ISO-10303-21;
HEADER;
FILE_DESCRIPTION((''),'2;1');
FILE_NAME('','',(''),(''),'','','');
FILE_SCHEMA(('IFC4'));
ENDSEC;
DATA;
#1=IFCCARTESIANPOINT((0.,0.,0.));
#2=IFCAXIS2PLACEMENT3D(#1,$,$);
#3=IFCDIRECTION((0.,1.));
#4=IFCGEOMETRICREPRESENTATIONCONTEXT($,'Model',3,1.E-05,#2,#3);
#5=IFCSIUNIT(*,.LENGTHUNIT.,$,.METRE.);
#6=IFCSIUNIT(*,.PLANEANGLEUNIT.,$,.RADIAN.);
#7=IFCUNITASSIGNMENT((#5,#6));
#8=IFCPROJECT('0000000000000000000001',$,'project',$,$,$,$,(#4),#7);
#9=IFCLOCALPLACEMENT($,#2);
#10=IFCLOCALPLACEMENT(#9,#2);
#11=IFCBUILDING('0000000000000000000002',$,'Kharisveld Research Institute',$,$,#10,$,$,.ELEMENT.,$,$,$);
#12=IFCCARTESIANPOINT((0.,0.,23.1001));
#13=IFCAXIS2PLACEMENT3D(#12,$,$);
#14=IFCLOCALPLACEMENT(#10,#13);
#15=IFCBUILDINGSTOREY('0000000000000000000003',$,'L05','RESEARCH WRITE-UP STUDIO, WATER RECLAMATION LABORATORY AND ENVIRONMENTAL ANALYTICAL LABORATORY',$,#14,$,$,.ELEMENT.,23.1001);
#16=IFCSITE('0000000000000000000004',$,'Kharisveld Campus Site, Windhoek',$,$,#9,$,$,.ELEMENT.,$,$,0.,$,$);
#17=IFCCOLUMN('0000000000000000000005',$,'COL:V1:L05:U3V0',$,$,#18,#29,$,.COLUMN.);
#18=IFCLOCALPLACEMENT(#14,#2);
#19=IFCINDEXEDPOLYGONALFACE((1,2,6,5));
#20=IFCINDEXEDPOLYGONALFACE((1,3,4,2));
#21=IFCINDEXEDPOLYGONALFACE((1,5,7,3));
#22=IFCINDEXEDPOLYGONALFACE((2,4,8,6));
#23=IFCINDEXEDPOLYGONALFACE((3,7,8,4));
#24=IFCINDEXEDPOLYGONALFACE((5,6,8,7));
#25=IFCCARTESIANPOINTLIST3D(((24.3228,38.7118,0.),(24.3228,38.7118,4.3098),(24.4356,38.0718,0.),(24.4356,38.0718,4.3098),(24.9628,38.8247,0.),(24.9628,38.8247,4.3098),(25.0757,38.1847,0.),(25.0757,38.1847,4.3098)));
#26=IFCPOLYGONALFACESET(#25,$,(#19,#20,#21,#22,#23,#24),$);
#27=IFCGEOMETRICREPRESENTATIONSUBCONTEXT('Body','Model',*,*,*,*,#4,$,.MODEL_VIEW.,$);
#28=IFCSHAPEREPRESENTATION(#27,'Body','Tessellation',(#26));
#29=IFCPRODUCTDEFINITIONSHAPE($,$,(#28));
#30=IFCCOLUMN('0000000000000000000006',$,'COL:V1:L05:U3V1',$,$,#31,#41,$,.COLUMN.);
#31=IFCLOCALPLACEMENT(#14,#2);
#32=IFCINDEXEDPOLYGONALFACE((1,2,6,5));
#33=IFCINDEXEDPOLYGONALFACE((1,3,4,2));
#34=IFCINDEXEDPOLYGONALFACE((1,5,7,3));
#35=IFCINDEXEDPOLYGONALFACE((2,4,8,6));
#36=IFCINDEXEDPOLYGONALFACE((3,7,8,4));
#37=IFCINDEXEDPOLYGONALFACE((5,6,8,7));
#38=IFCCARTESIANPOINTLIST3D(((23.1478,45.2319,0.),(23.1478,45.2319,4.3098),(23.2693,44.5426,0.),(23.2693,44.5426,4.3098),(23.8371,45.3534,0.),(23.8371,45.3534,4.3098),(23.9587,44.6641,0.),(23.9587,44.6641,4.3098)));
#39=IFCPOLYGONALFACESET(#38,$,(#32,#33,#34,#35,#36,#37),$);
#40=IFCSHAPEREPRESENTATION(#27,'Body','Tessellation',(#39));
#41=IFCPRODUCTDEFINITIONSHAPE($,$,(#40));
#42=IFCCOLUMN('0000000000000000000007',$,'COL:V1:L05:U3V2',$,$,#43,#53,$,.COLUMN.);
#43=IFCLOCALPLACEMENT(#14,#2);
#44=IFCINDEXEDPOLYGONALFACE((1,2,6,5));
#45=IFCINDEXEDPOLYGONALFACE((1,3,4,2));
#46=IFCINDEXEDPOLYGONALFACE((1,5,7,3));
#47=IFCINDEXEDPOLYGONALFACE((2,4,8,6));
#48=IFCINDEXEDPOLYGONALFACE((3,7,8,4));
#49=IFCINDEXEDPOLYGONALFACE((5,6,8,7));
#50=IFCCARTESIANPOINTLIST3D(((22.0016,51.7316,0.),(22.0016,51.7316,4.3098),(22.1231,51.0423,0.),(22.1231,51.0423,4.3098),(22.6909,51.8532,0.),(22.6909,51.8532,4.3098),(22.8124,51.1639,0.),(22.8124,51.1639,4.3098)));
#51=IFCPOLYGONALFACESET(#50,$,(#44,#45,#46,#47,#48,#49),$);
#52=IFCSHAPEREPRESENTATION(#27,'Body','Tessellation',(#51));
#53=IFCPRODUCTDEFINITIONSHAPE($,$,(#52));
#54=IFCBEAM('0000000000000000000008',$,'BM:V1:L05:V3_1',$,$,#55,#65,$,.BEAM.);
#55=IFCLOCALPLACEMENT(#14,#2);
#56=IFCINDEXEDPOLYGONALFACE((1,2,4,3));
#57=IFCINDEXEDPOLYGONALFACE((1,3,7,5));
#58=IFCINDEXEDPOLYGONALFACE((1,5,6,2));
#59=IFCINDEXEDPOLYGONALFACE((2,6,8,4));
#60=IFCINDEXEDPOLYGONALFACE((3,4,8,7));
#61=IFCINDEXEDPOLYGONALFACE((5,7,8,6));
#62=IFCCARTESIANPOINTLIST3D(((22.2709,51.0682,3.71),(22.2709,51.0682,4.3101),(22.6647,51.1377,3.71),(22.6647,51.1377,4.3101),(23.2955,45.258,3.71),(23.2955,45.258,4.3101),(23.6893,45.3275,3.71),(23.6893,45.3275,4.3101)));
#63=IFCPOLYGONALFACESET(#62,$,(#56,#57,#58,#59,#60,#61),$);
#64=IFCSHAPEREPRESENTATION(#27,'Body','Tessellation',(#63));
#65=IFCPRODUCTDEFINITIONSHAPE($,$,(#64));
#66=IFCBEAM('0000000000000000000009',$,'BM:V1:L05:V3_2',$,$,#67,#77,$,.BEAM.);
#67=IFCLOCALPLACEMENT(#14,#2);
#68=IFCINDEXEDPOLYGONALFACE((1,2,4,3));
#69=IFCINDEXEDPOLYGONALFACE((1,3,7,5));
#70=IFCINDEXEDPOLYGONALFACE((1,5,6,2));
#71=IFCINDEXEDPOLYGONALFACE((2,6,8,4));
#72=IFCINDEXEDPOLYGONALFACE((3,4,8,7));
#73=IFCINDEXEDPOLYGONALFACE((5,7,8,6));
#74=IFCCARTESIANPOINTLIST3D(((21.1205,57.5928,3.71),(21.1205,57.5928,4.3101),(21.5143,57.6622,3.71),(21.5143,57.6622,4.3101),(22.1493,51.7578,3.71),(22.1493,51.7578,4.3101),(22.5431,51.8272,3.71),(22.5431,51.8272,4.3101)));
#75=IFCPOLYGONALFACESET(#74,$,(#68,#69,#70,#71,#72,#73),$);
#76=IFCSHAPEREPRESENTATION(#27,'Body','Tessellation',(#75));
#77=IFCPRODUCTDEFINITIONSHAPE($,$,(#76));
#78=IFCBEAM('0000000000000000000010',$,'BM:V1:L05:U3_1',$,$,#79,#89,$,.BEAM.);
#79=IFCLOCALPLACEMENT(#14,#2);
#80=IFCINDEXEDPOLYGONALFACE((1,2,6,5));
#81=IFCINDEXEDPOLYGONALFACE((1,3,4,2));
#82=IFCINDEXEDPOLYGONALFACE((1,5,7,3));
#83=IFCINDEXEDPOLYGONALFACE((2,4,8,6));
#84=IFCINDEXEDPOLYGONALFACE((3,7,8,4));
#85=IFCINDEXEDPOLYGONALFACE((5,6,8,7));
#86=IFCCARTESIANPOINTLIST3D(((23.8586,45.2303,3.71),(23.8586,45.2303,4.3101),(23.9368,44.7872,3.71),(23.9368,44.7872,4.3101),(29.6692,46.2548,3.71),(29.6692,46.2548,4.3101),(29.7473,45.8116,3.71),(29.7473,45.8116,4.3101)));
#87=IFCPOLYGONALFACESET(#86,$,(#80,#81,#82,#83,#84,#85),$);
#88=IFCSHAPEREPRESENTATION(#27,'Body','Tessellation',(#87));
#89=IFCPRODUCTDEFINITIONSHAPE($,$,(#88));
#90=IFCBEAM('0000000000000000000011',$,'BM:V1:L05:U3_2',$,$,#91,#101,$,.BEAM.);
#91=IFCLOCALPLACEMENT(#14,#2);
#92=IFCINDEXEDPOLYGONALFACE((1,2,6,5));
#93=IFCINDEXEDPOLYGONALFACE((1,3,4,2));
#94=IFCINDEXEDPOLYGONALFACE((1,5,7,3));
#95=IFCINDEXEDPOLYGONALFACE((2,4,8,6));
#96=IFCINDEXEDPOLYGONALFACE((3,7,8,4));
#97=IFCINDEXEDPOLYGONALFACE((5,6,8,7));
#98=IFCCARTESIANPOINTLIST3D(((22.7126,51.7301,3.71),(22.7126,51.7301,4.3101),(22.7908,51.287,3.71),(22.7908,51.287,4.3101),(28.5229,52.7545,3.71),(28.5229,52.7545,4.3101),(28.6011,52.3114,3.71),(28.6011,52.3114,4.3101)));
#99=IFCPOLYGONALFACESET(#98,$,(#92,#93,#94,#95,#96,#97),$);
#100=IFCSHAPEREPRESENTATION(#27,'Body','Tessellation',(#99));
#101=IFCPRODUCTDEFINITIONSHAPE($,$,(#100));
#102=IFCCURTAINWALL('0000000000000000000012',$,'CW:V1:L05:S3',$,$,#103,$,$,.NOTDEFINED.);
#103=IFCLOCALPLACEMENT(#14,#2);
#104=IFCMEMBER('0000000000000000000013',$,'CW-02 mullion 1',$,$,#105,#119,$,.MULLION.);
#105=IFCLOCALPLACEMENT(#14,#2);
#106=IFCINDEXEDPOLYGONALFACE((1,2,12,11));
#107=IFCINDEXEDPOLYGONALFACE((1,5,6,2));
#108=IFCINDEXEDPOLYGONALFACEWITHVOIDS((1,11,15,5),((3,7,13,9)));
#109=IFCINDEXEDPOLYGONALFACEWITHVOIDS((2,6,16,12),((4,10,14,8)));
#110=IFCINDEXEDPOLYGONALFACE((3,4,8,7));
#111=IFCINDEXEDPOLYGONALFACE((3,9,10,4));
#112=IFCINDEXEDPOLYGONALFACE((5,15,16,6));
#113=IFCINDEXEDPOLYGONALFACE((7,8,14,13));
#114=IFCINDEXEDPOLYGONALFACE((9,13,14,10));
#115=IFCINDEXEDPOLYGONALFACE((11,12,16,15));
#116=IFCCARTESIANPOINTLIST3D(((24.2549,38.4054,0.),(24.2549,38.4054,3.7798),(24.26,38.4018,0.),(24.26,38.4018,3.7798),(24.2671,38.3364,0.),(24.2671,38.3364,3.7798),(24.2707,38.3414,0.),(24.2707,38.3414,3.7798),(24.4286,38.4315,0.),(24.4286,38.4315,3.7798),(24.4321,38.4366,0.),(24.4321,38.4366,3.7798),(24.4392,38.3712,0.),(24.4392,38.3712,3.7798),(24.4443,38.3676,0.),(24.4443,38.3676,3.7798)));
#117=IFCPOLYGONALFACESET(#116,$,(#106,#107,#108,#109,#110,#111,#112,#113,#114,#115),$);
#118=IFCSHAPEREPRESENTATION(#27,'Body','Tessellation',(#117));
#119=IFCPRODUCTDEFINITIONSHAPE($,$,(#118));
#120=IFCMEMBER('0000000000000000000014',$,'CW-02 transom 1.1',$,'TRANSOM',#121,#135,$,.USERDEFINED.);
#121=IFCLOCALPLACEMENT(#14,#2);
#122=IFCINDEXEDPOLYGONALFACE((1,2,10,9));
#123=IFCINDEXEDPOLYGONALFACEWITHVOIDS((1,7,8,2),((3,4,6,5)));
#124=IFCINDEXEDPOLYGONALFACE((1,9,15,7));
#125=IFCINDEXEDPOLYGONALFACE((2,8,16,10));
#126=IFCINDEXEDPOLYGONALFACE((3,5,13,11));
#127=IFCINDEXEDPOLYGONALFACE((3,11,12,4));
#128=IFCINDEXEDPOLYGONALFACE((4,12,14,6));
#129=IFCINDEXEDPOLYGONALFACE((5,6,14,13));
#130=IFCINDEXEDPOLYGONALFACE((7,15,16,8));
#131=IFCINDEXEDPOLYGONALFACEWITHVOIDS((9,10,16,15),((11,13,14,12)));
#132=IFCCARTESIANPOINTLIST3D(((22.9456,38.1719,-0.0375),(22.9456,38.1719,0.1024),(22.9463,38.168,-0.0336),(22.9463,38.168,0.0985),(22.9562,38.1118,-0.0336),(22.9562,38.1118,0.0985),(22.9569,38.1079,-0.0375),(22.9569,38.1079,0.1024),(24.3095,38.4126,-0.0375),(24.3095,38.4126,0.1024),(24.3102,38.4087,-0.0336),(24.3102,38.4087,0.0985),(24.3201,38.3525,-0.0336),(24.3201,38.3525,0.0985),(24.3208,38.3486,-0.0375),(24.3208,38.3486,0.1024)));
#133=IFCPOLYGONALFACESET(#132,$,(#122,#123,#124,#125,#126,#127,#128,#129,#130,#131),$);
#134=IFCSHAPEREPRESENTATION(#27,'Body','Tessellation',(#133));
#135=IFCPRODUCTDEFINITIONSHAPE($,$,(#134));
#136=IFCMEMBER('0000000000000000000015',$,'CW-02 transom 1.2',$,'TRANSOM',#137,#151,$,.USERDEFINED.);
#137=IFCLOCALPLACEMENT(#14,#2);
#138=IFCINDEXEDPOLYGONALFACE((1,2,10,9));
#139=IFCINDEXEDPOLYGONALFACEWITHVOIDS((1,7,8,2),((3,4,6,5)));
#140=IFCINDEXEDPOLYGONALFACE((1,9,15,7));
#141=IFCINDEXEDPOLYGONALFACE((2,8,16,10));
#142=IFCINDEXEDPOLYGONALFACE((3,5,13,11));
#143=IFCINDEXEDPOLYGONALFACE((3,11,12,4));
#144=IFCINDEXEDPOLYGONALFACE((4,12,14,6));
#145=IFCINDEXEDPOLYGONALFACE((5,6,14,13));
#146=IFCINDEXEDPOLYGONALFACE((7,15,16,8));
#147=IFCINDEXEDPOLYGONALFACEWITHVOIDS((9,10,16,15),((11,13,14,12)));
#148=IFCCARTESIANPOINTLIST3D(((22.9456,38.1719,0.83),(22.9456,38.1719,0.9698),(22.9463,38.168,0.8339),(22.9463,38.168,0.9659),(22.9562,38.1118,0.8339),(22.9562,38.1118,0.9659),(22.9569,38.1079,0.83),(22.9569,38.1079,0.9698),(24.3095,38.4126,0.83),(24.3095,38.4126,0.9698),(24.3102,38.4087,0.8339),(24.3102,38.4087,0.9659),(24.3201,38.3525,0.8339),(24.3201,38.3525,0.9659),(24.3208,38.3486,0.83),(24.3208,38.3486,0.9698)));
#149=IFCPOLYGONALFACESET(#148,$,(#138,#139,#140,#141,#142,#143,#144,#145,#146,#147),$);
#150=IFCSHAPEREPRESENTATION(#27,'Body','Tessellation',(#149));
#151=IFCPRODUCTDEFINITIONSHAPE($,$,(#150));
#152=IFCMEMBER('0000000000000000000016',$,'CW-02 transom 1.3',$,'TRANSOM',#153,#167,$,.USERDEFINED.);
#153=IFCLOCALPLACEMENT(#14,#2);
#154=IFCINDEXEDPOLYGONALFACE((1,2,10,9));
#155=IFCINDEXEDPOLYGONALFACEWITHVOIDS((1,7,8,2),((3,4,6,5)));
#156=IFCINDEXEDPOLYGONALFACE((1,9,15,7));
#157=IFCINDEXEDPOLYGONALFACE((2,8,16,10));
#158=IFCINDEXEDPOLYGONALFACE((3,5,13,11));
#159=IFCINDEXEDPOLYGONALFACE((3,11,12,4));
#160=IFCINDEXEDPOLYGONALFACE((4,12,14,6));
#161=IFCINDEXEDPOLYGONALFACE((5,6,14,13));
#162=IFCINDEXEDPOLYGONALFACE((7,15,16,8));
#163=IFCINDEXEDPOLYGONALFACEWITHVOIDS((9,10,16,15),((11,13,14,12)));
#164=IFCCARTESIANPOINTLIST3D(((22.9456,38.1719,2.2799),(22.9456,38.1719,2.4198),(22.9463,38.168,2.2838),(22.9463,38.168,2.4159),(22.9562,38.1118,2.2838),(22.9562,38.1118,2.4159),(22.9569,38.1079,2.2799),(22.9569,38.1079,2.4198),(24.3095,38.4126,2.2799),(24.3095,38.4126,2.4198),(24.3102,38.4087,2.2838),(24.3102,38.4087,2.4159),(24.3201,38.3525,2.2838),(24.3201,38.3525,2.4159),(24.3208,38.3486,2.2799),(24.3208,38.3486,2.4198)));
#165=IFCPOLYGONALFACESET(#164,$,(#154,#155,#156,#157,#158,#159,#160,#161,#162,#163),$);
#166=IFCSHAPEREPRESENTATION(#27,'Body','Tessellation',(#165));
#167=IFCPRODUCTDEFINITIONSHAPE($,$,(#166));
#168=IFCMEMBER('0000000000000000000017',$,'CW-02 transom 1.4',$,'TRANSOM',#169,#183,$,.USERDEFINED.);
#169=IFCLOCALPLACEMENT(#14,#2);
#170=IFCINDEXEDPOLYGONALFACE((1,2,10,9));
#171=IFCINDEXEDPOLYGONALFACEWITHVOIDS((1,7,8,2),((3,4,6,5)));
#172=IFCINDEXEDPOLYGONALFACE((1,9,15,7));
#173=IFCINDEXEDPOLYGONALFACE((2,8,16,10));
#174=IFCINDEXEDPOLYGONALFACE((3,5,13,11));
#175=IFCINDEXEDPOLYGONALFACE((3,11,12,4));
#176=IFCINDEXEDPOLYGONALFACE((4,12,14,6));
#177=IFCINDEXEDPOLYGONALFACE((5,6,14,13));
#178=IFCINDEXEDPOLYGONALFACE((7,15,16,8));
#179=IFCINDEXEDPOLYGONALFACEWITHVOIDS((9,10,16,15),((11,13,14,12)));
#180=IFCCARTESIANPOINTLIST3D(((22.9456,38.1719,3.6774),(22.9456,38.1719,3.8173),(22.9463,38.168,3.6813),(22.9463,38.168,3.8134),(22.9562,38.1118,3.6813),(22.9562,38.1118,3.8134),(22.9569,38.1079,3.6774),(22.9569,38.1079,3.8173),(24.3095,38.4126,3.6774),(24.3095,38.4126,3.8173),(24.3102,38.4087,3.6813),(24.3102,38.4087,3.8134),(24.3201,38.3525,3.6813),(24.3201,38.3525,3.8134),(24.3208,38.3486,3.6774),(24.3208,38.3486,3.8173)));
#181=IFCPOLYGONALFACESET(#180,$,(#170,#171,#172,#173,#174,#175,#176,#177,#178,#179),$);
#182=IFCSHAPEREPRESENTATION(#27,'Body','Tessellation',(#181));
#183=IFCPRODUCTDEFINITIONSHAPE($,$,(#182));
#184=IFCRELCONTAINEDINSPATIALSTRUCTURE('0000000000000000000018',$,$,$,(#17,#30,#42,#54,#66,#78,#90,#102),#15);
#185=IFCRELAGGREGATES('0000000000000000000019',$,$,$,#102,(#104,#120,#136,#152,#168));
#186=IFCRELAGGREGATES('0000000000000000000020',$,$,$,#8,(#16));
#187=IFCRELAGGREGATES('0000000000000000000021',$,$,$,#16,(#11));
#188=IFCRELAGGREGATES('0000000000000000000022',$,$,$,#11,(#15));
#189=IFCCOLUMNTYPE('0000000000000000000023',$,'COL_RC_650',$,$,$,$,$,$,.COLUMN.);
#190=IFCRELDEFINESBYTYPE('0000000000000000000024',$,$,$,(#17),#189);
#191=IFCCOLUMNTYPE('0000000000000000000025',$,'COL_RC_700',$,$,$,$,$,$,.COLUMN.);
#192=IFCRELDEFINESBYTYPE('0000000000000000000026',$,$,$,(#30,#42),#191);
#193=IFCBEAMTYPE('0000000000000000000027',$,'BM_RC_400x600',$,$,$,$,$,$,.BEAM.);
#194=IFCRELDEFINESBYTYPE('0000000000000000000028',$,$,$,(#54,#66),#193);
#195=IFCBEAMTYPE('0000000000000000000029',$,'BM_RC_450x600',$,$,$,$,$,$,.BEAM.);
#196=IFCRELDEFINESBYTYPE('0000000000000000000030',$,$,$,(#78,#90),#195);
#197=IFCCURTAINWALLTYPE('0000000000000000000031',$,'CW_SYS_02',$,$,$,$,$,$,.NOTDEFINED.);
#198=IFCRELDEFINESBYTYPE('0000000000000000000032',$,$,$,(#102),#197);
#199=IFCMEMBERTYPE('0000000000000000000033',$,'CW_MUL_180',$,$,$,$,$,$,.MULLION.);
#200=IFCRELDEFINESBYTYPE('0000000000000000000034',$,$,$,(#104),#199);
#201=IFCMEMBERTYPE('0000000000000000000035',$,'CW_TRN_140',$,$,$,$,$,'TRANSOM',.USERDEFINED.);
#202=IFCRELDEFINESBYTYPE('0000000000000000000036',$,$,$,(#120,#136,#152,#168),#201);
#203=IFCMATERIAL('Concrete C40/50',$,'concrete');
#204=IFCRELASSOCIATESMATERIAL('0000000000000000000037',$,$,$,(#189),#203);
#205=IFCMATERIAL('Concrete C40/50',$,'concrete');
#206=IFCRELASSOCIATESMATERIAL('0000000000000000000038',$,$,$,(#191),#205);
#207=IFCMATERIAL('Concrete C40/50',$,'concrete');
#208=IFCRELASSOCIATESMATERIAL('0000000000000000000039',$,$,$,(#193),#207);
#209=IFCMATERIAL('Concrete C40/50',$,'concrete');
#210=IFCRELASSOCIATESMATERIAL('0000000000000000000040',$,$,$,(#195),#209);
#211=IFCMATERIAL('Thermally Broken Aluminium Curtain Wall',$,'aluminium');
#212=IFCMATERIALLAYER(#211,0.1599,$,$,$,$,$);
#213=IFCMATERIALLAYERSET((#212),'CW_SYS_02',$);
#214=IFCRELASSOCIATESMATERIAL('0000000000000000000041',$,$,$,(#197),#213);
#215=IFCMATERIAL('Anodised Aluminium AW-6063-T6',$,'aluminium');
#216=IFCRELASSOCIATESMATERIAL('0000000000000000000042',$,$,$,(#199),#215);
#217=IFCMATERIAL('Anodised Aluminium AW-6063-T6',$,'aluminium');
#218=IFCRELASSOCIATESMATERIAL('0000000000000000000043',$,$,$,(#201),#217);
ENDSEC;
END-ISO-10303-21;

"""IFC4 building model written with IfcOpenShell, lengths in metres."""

from ifc_helpers import new_model, si_unit, direction, frame, origin, origin_2d, place, context, subcontext, project, spatial, rectangle, hollow_rectangle, extrude, material, layer, layer_set, material_profile, profile_set, type_object, element, aggregate, save


model = new_model("IFC4")

# Units and contexts
model_context = context("Model", 3, precision=1e-05, world=origin(), true_north=direction((0.0, 1.0)))
body_context = subcontext(model_context, "Body", "Model", "MODEL_VIEW")
ifc_project = project(units=[si_unit("LENGTHUNIT", "METRE"), si_unit("PLANEANGLEUNIT", "RADIAN")], contexts=[model_context])

# Site, building, storey
site_placement = place(None, origin())
site = spatial("IfcSite", under=ifc_project, at=site_placement, Name="Kharisveld Campus Site, Windhoek", CompositionType="ELEMENT", RefElevation=0.0)
building_placement = place(site_placement, origin())
building = spatial("IfcBuilding", under=site, at=building_placement, Name="Kharisveld Research Institute", CompositionType="ELEMENT")
storey_placement = place(building_placement, frame((0.0, 0.0, 23.1001)))
storey = spatial("IfcBuildingStorey", under=building, at=storey_placement, Name="L05", Description="RESEARCH WRITE-UP STUDIO, WATER RECLAMATION LABORATORY AND ENVIRONMENTAL ANALYTICAL LABORATORY", CompositionType="ELEMENT", Elevation=23.1001)

# Columns
ifc_material_1 = material(Name="Concrete C40/50", Category="concrete")
ifc_material_profile_1 = material_profile(ifc_material_1, rectangle(XDim=0.6499, YDim=0.6499, at=origin_2d()))
ifc_profile_set_1 = profile_set([ifc_material_profile_1], Name="Concrete C40/50")
column_type_1 = type_object("IfcColumnType", Name="COL_RC_650", PredefinedType="COLUMN", material=ifc_profile_set_1)
column_placement = place(storey_placement, frame((24.6992, 38.4482, 0.0), z_axis=(0.0, 0.0, 1.0), x_axis=(0.984808, 0.173648, 0.0)))
element("IfcColumn", 1, at=column_placement, inside=storey, type_object=column_type_1, Name="COL:V1:L05:U3V0", PredefinedType="COLUMN", context=body_context, shape_type="SweptSolid", body=[
    extrude(rectangle(XDim=0.6499, YDim=0.6499, at=origin_2d()), origin(), (0.0, 0.0, 1.0), 4.3098),
])
ifc_material_2 = material(Name="Concrete C40/50", Category="concrete")
ifc_material_profile_2 = material_profile(ifc_material_2, rectangle(XDim=0.7, YDim=0.7, at=origin_2d()))
ifc_profile_set_2 = profile_set([ifc_material_profile_2], Name="Concrete C40/50")
column_type_2 = type_object("IfcColumnType", Name="COL_RC_700", PredefinedType="COLUMN", material=ifc_profile_set_2)
for number, where, z_axis, x_axis, name in (
    (2, (23.5532, 44.948, 0.0), (0.0, 0.0, 1.0), (0.984808, 0.173648, 0.0), "COL:V1:L05:U3V1"),
    (3, (22.407, 51.4478, 0.0), (0.0, 0.0, 1.0), (0.984808, 0.173648, 0.0), "COL:V1:L05:U3V2"),
):
    element("IfcColumn", number, at=place(storey_placement, frame(where, z_axis=z_axis, x_axis=x_axis)), inside=storey, type_object=column_type_2, Name=name, PredefinedType="COLUMN", context=body_context, shape_type="SweptSolid", body=[
        extrude(rectangle(XDim=0.7, YDim=0.7, at=origin_2d()), origin(), (0.0, 0.0, 1.0), 4.3098),
    ])

# Beams
ifc_material_3 = material(Name="Concrete C40/50", Category="concrete")
ifc_material_profile_3 = material_profile(ifc_material_3, rectangle(XDim=0.3999, YDim=0.6001, at=origin_2d()))
ifc_profile_set_3 = profile_set([ifc_material_profile_3], Name="Concrete C40/50")
beam_type_1 = type_object("IfcBeamType", Name="BM_RC_400x600", PredefinedType="BEAM", material=ifc_profile_set_3)
beam_1_placement = place(storey_placement, frame((23.4924, 45.2927, 4.01), z_axis=(-0.173672, 0.984804, 0.0), x_axis=(-0.984804, -0.173672, 0.0)))
element("IfcBeam", 4, at=beam_1_placement, inside=storey, type_object=beam_type_1, Name="BM:V1:L05:V3_1", PredefinedType="BEAM", context=body_context, shape_type="SweptSolid", body=[
    extrude(rectangle(XDim=0.3999, YDim=0.6001, at=origin_2d()), origin(), (0.0, 0.0, 1.0), 5.8999),
])
beam_2_placement = place(storey_placement, frame((22.3462, 51.7925, 4.01), z_axis=(-0.17364, 0.984809, 0.0), x_axis=(-0.984809, -0.17364, 0.0)))
element("IfcBeam", 5, at=beam_2_placement, inside=storey, type_object=beam_type_1, Name="BM:V1:L05:V3_2", PredefinedType="BEAM", context=body_context, shape_type="SweptSolid", body=[
    extrude(rectangle(XDim=0.3999, YDim=0.6001, at=origin_2d()), origin(), (0.0, 0.0, 1.0), 5.925),
])
ifc_material_4 = material(Name="Concrete C40/50", Category="concrete")
ifc_material_profile_4 = material_profile(ifc_material_4, rectangle(XDim=0.45, YDim=0.6001, at=origin_2d()))
ifc_profile_set_4 = profile_set([ifc_material_profile_4], Name="Concrete C40/50")
beam_type_2 = type_object("IfcBeamType", Name="BM_RC_450x600", PredefinedType="BEAM", material=ifc_profile_set_4)
beam_3_placement = place(storey_placement, frame((23.8977, 45.0088, 4.01), z_axis=(0.984812, 0.173625, 0.0), x_axis=(-0.173625, 0.984812, 0.0)))
element("IfcBeam", 6, at=beam_3_placement, inside=storey, type_object=beam_type_2, Name="BM:V1:L05:U3_1", PredefinedType="BEAM", context=body_context, shape_type="SweptSolid", body=[
    extrude(rectangle(XDim=0.45, YDim=0.6001, at=origin_2d()), origin(), (0.0, 0.0, 1.0), 5.9001),
])
beam_4_placement = place(storey_placement, frame((22.7517, 51.5085, 4.01), z_axis=(0.984811, 0.173632, 0.0), x_axis=(-0.173632, 0.984811, 0.0)))
element("IfcBeam", 7, at=beam_4_placement, inside=storey, type_object=beam_type_2, Name="BM:V1:L05:U3_2", PredefinedType="BEAM", context=body_context, shape_type="SweptSolid", body=[
    extrude(rectangle(XDim=0.45, YDim=0.6001, at=origin_2d()), origin(), (0.0, 0.0, 1.0), 5.8999),
])

# Curtain wall, members
ifc_material_5 = material(Name="Thermally Broken Aluminium Curtain Wall", Category="aluminium")
ifc_layer_1 = layer(ifc_material_5, 0.1599)
ifc_layer_set_1 = layer_set([ifc_layer_1], Name="CW_SYS_02")
curtain_wall_type = type_object("IfcCurtainWallType", Name="CW_SYS_02", PredefinedType="NOTDEFINED", material=ifc_layer_set_1)
curtain_wall_placement = place(storey_placement, origin())
curtain_wall = element("IfcCurtainWall", 8, at=curtain_wall_placement, inside=storey, type_object=curtain_wall_type, Name="CW:V1:L05:S3", PredefinedType="NOTDEFINED")
ifc_material_6 = material(Name="Anodised Aluminium AW-6063-T6", Category="aluminium")
ifc_material_profile_5 = material_profile(ifc_material_6, hollow_rectangle(XDim=0.0701, YDim=0.1799, WallThickness=0.0044, at=origin_2d()))
ifc_profile_set_5 = profile_set([ifc_material_profile_5], Name="Anodised Aluminium AW-6063-T6")
member_type_1 = type_object("IfcMemberType", Name="CW_MUL_180", PredefinedType="MULLION", material=ifc_profile_set_5)
member_1_placement = place(storey_placement, frame((24.3496, 38.3865, 0.0), z_axis=(0.0, 0.0, 1.0), x_axis=(0.173648, -0.984808, 0.0)))
member_1 = element("IfcMember", 9, at=member_1_placement, type_object=member_type_1, Name="CW-02 mullion 1", PredefinedType="MULLION", context=body_context, shape_type="SweptSolid", body=[
    extrude(hollow_rectangle(XDim=0.0701, YDim=0.1799, WallThickness=0.0044, at=origin_2d()), origin(), (0.0, 0.0, 1.0), 3.7798),
])
ifc_material_7 = material(Name="Anodised Aluminium AW-6063-T6", Category="aluminium")
ifc_material_profile_6 = material_profile(ifc_material_7, hollow_rectangle(XDim=0.0649, YDim=0.1399, WallThickness=0.0039, at=origin_2d()))
ifc_profile_set_6 = profile_set([ifc_material_profile_6], Name="Anodised Aluminium AW-6063-T6")
member_type_2 = type_object("IfcMemberType", Name="CW_TRN_140", ElementType="TRANSOM", PredefinedType="USERDEFINED", material=ifc_profile_set_6)
member_2_placement = place(storey_placement, frame((24.3152, 38.3806, 0.0325), z_axis=(-0.984782, -0.173795, 0.0), x_axis=(0.173795, -0.984782, 0.0)))
member_2 = element("IfcMember", 10, at=member_2_placement, type_object=member_type_2, Name="CW-02 transom 1.1", ObjectType="TRANSOM", PredefinedType="USERDEFINED", context=body_context, shape_type="SweptSolid", body=[
    extrude(hollow_rectangle(XDim=0.0649, YDim=0.1399, WallThickness=0.0039, at=origin_2d()), origin(), (0.0, 0.0, 1.0), 1.385),
])
member_3_placement = place(storey_placement, frame((24.3152, 38.3806, 0.8999), z_axis=(-0.984782, -0.173795, 0.0), x_axis=(0.173795, -0.984782, 0.0)))
member_3 = element("IfcMember", 11, at=member_3_placement, type_object=member_type_2, Name="CW-02 transom 1.2", ObjectType="TRANSOM", PredefinedType="USERDEFINED", context=body_context, shape_type="SweptSolid", body=[
    extrude(hollow_rectangle(XDim=0.0649, YDim=0.1399, WallThickness=0.0039, at=origin_2d()), origin(), (0.0, 0.0, 1.0), 1.385),
])
member_4_placement = place(storey_placement, frame((24.3152, 38.3806, 2.3499), z_axis=(-0.984782, -0.173795, 0.0), x_axis=(0.173795, -0.984782, 0.0)))
member_4 = element("IfcMember", 12, at=member_4_placement, type_object=member_type_2, Name="CW-02 transom 1.3", ObjectType="TRANSOM", PredefinedType="USERDEFINED", context=body_context, shape_type="SweptSolid", body=[
    extrude(hollow_rectangle(XDim=0.0649, YDim=0.1399, WallThickness=0.0039, at=origin_2d()), origin(), (0.0, 0.0, 1.0), 1.385),
])
member_5_placement = place(storey_placement, frame((24.3152, 38.3806, 3.7473), z_axis=(-0.984782, -0.173795, 0.0), x_axis=(0.173795, -0.984782, 0.0)))
member_5 = element("IfcMember", 13, at=member_5_placement, type_object=member_type_2, Name="CW-02 transom 1.4", ObjectType="TRANSOM", PredefinedType="USERDEFINED", context=body_context, shape_type="SweptSolid", body=[
    extrude(hollow_rectangle(XDim=0.0649, YDim=0.1399, WallThickness=0.0039, at=origin_2d()), origin(), (0.0, 0.0, 1.0), 1.385),
])
aggregate(curtain_wall, [member_1, member_2, member_3, member_4, member_5])

save(model, "model.ifc")
